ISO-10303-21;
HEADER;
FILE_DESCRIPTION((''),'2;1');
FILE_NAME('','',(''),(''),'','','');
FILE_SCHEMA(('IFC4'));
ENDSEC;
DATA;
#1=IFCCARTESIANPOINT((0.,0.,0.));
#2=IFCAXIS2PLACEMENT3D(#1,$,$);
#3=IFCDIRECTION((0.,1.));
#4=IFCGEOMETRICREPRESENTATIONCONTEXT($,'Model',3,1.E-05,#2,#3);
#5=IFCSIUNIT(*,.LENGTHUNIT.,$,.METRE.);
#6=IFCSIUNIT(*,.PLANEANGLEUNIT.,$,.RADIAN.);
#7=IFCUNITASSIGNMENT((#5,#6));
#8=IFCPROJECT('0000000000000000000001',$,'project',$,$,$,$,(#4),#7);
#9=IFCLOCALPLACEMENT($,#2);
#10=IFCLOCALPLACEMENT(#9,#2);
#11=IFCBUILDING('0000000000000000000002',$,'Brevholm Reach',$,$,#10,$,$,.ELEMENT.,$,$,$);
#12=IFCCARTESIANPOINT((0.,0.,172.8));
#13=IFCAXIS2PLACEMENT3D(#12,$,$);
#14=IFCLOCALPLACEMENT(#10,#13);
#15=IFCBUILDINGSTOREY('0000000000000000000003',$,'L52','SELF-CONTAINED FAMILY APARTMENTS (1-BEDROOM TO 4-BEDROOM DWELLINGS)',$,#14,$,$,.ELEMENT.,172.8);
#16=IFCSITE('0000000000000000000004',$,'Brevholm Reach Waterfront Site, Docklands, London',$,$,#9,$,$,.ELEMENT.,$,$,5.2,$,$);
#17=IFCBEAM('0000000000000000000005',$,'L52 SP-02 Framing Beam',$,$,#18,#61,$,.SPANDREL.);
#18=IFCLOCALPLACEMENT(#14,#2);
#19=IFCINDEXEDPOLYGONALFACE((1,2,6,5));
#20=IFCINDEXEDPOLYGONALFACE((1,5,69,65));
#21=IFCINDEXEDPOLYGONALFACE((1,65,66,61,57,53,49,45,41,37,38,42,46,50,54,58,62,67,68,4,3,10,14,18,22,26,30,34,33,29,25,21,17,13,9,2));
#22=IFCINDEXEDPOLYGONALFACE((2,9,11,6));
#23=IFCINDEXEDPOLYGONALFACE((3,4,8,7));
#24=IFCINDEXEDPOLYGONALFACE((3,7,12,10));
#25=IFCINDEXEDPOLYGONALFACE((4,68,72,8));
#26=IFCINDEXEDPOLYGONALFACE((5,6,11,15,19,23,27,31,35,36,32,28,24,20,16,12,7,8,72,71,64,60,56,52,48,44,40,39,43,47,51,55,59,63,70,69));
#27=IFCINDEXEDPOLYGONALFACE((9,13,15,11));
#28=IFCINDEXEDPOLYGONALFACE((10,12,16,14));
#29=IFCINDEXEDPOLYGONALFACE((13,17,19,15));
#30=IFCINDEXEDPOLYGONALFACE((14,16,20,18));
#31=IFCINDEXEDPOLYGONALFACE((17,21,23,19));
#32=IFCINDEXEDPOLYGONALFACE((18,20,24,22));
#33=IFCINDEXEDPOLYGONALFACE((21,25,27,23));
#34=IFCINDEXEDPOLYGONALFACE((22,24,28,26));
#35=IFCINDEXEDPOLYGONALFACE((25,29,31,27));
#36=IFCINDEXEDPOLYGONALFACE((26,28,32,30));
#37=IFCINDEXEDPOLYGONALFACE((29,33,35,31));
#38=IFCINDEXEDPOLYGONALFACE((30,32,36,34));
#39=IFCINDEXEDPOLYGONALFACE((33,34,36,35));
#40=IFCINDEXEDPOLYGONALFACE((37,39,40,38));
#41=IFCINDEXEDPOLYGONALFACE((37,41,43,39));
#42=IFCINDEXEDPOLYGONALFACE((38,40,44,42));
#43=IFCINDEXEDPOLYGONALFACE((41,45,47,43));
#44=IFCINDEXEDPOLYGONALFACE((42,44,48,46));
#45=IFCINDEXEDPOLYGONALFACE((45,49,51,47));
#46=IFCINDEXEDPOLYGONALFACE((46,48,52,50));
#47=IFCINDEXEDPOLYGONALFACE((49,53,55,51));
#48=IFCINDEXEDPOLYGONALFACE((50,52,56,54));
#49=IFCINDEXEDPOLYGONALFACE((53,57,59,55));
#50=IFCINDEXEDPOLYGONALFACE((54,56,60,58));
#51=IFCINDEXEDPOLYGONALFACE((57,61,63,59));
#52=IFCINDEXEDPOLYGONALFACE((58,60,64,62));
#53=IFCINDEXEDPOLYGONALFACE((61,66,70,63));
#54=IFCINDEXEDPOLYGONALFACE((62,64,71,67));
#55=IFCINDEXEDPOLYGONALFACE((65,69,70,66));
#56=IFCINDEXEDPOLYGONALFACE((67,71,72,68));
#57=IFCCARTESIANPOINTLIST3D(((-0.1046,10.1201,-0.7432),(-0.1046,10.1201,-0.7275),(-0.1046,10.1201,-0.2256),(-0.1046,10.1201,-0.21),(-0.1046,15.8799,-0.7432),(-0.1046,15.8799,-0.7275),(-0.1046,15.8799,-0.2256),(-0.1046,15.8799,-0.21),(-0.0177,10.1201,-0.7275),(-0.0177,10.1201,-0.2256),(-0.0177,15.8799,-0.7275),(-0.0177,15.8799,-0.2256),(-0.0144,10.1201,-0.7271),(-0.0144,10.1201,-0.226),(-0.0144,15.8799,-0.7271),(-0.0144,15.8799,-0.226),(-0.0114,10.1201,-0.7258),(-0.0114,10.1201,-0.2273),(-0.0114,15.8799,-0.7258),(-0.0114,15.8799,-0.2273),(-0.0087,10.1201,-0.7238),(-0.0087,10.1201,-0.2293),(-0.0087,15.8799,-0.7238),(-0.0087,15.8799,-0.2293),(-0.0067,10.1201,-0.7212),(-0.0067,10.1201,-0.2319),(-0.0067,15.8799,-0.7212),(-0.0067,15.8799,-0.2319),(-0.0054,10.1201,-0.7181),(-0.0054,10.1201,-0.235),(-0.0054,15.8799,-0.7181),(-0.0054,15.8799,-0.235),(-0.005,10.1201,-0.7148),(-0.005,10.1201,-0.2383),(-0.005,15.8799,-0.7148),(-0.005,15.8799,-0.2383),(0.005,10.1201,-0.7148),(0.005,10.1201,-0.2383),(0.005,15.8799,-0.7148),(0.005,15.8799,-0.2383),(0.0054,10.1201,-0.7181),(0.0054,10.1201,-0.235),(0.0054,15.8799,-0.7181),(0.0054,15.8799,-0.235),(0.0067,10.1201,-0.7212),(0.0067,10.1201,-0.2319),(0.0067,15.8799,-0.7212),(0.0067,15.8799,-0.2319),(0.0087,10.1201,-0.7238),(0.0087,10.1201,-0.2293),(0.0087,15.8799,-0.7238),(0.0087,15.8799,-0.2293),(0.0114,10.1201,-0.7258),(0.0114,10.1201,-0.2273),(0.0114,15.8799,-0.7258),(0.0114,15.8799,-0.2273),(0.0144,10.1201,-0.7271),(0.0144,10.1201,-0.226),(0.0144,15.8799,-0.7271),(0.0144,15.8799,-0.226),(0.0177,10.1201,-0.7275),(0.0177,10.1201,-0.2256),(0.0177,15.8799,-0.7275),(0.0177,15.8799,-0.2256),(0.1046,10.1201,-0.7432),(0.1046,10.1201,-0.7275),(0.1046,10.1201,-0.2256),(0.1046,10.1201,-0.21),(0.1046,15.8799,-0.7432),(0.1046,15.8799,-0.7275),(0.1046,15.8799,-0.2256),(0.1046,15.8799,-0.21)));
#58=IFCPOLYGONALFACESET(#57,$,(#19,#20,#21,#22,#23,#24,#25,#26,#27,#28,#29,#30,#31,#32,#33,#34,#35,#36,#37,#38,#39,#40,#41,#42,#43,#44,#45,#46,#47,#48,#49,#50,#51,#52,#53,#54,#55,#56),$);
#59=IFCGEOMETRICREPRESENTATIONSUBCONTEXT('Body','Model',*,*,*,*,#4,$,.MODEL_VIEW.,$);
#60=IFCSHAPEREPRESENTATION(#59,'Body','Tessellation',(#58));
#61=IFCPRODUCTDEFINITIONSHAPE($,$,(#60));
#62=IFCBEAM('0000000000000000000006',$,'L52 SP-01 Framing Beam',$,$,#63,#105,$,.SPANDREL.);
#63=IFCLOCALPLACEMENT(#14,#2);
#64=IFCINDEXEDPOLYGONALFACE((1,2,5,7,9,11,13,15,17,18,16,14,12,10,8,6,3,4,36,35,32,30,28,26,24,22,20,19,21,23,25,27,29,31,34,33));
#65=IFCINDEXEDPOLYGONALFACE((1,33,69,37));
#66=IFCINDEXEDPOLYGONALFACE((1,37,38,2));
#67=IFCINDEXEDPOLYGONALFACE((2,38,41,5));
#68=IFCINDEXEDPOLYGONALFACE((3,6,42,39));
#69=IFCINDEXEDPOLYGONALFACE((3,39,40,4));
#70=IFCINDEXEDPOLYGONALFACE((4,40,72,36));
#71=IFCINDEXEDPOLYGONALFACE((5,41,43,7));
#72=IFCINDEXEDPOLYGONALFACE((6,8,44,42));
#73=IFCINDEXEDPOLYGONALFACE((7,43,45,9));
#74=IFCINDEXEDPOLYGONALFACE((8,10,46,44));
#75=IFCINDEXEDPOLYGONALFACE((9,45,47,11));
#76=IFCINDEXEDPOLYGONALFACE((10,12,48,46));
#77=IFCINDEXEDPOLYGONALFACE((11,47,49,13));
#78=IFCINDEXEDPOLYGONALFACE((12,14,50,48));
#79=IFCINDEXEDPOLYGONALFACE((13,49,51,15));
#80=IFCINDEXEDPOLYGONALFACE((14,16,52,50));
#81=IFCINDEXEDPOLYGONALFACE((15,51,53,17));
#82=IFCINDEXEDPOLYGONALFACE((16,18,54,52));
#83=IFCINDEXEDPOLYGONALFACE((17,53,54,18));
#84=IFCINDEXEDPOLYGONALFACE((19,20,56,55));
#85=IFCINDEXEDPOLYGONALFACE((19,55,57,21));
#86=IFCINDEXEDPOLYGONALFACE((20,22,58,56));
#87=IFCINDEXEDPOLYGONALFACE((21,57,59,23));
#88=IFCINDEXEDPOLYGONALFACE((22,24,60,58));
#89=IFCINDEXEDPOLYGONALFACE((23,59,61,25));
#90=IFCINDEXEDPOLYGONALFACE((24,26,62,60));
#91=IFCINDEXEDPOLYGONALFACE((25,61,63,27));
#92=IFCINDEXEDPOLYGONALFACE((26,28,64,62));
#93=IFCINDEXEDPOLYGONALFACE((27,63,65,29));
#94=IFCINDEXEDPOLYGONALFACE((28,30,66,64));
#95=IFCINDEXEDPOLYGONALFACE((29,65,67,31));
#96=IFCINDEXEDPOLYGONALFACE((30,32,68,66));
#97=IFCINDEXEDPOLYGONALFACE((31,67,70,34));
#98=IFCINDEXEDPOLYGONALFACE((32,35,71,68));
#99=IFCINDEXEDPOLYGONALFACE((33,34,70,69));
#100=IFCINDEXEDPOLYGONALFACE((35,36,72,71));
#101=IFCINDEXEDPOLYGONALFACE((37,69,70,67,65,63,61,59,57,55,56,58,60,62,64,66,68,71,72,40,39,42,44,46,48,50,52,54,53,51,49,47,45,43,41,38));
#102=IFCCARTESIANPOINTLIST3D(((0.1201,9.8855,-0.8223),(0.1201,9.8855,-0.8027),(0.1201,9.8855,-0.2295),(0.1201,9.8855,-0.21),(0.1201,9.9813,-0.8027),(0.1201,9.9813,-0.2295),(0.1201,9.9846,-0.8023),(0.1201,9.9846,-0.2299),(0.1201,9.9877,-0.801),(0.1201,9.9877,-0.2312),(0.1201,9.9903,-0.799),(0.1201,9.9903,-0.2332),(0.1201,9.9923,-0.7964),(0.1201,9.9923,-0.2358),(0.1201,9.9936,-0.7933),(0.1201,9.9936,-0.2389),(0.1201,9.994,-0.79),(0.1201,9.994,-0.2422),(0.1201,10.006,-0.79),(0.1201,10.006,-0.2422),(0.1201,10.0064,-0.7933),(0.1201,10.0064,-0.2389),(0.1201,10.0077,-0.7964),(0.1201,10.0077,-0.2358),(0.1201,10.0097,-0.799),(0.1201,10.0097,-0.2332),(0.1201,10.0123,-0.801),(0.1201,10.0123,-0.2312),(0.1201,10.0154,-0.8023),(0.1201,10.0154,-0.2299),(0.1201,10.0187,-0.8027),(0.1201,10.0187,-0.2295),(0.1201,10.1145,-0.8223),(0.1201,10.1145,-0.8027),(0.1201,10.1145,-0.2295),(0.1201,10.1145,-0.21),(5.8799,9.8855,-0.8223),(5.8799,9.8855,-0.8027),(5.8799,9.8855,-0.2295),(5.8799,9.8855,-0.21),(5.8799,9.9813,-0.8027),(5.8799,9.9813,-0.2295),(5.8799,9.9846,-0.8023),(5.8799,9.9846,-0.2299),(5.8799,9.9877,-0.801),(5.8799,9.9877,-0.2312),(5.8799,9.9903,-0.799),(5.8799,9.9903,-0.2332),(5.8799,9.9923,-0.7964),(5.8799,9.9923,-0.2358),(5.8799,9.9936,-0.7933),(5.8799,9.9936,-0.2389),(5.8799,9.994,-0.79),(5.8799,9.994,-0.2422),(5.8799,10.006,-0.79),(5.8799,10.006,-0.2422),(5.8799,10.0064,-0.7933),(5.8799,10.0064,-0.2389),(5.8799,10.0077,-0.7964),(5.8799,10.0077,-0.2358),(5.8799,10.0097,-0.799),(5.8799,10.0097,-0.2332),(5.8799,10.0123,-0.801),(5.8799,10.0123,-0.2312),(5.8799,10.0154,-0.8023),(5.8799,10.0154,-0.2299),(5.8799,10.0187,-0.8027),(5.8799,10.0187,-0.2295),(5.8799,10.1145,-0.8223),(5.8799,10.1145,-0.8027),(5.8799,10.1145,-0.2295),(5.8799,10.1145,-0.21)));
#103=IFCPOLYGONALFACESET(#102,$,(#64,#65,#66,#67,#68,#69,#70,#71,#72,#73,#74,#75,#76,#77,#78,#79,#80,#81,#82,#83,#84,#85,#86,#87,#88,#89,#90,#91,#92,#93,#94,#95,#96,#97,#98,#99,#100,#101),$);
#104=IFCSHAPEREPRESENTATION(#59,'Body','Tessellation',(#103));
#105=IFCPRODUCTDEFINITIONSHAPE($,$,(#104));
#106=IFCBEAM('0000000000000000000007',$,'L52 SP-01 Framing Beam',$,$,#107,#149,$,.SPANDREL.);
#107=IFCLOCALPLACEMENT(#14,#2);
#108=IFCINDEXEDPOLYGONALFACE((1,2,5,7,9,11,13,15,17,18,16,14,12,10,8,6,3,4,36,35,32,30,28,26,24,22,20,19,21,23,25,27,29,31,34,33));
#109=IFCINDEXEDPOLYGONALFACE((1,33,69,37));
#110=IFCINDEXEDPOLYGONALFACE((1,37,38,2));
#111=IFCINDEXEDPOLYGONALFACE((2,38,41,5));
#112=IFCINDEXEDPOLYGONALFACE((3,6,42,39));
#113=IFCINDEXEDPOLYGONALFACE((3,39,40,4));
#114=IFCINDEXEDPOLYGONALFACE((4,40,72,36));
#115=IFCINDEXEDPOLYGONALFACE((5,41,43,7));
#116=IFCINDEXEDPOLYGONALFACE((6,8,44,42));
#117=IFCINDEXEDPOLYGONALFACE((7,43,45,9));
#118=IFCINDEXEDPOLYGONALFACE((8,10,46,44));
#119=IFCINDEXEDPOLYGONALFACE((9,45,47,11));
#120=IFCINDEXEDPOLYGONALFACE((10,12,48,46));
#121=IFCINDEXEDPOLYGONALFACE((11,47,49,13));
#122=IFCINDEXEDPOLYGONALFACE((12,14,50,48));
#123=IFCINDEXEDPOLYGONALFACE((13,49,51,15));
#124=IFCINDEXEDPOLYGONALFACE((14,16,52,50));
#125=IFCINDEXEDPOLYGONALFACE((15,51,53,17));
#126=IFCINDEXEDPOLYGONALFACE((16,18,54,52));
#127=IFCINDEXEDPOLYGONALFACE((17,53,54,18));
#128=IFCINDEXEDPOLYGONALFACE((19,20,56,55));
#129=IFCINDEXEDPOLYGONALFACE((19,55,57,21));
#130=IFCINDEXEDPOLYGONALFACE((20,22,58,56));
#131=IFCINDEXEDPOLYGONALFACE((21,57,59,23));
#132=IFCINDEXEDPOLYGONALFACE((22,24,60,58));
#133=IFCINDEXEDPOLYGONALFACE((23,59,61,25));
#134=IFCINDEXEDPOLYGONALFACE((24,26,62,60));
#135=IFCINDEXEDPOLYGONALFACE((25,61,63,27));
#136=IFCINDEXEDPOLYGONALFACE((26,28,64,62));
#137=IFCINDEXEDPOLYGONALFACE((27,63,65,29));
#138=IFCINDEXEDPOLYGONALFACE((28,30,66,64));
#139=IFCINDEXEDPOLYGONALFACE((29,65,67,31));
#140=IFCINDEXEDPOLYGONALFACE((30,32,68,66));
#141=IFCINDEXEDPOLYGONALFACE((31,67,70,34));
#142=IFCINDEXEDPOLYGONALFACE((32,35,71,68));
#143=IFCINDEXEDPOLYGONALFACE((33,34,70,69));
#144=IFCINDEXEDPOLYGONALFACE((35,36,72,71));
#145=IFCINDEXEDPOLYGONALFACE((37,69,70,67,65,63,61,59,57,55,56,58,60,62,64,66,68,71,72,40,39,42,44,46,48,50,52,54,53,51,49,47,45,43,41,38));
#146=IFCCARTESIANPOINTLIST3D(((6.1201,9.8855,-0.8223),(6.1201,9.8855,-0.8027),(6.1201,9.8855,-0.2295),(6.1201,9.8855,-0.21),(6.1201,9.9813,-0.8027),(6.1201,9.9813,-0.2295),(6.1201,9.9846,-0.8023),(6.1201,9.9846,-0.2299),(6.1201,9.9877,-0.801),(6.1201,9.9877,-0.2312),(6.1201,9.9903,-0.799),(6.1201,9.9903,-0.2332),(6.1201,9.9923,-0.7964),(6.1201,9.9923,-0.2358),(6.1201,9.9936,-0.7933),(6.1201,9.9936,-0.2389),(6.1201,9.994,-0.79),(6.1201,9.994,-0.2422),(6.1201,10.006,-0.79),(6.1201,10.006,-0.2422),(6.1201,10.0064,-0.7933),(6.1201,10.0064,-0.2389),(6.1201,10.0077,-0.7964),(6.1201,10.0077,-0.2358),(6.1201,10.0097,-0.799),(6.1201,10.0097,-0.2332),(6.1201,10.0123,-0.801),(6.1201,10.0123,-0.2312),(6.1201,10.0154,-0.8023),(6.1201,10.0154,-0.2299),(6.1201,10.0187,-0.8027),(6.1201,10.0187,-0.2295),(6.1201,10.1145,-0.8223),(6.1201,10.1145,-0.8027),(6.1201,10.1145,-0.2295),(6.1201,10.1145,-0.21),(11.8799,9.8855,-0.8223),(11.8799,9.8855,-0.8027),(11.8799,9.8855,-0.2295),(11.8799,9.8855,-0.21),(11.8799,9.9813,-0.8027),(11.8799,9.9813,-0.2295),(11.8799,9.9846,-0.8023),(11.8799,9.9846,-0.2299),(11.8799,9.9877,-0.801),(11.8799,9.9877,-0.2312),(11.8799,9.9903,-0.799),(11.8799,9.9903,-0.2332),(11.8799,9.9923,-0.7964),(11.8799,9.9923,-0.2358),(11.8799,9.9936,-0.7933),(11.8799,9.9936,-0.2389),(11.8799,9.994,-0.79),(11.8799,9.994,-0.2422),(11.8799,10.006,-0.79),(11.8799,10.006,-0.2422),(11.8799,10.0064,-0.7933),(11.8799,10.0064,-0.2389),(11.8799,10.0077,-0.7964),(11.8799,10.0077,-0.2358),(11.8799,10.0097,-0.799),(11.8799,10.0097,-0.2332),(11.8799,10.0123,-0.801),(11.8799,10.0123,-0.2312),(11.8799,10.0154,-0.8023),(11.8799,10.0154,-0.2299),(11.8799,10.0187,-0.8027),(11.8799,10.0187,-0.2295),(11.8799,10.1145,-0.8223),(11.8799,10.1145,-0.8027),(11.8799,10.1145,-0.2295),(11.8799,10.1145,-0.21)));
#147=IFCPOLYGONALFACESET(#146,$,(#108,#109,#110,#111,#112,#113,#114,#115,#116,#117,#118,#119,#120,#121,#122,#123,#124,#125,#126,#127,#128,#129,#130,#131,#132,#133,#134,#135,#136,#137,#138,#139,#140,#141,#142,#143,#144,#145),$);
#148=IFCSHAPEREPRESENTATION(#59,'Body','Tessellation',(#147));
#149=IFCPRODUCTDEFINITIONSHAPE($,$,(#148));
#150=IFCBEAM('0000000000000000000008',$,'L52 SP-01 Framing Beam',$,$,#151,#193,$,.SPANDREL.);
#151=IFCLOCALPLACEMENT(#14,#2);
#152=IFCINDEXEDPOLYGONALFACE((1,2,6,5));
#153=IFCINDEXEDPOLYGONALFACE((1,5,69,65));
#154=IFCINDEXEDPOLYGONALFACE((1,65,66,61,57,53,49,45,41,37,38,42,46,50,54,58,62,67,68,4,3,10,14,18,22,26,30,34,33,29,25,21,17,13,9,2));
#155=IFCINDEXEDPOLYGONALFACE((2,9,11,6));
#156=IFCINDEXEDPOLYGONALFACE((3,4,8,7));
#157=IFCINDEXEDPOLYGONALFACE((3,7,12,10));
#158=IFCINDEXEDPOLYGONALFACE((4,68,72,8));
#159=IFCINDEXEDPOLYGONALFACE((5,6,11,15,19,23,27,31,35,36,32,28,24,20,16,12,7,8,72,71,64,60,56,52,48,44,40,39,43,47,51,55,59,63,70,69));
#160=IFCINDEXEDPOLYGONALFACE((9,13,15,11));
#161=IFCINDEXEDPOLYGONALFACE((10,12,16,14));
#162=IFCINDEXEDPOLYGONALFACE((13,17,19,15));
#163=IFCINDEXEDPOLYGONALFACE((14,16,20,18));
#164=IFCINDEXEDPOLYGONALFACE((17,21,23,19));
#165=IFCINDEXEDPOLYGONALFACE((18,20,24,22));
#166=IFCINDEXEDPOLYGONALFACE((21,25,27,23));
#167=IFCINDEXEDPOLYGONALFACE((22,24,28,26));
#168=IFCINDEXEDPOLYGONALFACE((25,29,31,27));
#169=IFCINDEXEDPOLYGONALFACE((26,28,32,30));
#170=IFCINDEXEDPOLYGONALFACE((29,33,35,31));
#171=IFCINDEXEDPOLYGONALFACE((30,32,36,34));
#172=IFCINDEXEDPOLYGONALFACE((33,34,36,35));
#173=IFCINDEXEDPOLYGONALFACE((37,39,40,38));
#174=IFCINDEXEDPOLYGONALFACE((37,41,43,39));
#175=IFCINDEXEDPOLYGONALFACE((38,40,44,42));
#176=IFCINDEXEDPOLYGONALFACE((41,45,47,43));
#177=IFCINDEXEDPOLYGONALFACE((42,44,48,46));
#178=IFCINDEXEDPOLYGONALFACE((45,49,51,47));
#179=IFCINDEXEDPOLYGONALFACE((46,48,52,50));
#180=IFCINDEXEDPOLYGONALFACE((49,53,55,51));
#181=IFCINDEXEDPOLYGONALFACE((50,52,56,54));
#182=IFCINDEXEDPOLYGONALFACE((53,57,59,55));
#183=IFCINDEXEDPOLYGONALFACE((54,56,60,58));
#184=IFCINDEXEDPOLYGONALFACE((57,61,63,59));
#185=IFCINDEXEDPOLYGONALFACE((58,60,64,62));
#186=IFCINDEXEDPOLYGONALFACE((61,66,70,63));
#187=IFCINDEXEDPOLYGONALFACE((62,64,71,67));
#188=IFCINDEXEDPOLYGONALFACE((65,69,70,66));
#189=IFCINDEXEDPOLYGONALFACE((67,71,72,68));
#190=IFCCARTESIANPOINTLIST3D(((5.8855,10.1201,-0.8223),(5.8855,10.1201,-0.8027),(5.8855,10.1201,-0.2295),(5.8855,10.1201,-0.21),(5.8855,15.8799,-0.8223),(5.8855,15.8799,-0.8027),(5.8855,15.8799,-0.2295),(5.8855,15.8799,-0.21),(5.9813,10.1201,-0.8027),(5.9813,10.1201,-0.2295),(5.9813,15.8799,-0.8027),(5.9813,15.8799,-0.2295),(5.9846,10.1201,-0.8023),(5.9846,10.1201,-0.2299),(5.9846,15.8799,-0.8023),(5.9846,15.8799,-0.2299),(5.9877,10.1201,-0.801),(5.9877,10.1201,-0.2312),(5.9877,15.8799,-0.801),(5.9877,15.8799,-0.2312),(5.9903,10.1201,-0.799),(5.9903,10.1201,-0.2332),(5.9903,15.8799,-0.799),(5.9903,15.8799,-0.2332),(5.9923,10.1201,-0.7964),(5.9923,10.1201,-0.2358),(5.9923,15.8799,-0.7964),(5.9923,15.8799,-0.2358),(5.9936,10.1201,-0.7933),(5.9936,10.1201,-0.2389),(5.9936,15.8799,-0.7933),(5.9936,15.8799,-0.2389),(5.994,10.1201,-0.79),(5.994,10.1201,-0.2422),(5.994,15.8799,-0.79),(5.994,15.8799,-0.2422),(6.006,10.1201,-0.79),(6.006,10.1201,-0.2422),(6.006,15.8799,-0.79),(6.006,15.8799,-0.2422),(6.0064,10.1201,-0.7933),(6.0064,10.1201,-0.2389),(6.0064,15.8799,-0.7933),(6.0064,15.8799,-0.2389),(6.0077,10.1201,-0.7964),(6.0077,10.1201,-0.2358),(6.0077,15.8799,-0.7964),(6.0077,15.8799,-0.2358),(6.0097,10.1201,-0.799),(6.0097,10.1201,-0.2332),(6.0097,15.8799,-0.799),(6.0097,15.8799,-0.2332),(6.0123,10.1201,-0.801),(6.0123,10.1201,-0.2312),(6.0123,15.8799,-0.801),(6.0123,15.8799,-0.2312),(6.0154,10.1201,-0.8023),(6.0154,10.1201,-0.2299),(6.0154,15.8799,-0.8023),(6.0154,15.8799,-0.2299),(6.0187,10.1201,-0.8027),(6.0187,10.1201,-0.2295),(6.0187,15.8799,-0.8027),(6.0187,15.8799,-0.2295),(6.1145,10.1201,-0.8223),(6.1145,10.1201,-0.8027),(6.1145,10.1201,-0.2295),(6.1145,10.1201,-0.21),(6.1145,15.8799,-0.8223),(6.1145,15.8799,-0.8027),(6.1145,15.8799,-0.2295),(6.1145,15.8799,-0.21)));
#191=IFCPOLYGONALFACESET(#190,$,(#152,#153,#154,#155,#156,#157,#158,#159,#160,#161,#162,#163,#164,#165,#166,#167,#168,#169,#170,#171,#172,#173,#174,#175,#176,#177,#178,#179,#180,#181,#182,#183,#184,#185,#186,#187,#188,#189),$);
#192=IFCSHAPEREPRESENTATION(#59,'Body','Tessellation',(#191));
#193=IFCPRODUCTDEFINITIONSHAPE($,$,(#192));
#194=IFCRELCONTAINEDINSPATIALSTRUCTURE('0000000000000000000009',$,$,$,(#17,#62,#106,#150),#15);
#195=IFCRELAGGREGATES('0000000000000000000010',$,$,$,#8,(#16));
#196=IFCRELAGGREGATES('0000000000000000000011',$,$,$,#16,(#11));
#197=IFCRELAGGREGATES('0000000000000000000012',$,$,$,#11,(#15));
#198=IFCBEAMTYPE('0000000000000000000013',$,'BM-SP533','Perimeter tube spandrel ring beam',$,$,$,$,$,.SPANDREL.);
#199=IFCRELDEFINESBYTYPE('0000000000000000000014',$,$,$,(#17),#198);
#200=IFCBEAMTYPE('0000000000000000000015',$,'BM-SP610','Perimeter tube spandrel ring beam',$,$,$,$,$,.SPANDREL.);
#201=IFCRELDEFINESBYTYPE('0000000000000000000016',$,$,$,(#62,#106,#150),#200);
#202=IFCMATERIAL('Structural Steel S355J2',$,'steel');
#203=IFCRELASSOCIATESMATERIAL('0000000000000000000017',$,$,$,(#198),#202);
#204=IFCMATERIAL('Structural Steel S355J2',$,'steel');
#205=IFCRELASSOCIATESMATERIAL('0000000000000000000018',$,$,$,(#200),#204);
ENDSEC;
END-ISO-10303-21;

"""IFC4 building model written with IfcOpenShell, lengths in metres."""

from ifc_helpers import new_model, si_unit, direction, frame, origin, origin_2d, place, context, subcontext, project, spatial, i_section, extrude, material, material_profile, profile_set, type_object, element, save


model = new_model("IFC4")

# Units and contexts
model_context = context("Model", 3, precision=1e-05, world=origin(), true_north=direction((0.0, 1.0)))
body_context = subcontext(model_context, "Body", "Model", "MODEL_VIEW")
ifc_project = project(units=[si_unit("LENGTHUNIT", "METRE"), si_unit("PLANEANGLEUNIT", "RADIAN")], contexts=[model_context])

# Site, building, storey
site_placement = place(None, origin())
site = spatial("IfcSite", under=ifc_project, at=site_placement, Name="Brevholm Reach Waterfront Site, Docklands, London", CompositionType="ELEMENT", RefElevation=5.2)
building_placement = place(site_placement, origin())
building = spatial("IfcBuilding", under=site, at=building_placement, Name="Brevholm Reach", CompositionType="ELEMENT")
storey_placement = place(building_placement, frame((0.0, 0.0, 172.8)))
storey = spatial("IfcBuildingStorey", under=building, at=storey_placement, Name="L52", Description="SELF-CONTAINED FAMILY APARTMENTS (1-BEDROOM TO 4-BEDROOM DWELLINGS)", CompositionType="ELEMENT", Elevation=172.8)

# Beams
ifc_material_1 = material(Name="Structural Steel S355J2", Category="steel")
ifc_material_profile_1 = material_profile(ifc_material_1, i_section(OverallWidth=0.2092, OverallDepth=0.5332, WebThickness=0.01, FlangeThickness=0.0156, FilletRadius=0.0127, at=origin_2d()), Name="UKB 533x210x92")
ifc_profile_set_1 = profile_set([ifc_material_profile_1], Name="Structural Steel S355J2")
beam_type_1 = type_object("IfcBeamType", Name="BM-SP533", Description="Perimeter tube spandrel ring beam", PredefinedType="SPANDREL", material=ifc_profile_set_1)
beam_placement = place(storey_placement, frame((0.0, 10.1201, -0.4766), z_axis=(0.0, 1.0, 0.0), x_axis=(-1.0, 0.0, 0.0)))
element("IfcBeam", 1, at=beam_placement, inside=storey, type_object=beam_type_1, Name="L52 SP-02 Framing Beam", PredefinedType="SPANDREL", context=body_context, shape_type="SweptSolid", body=[
    extrude(i_section(OverallWidth=0.2092, OverallDepth=0.5332, WebThickness=0.01, FlangeThickness=0.0156, FilletRadius=0.0127, at=origin_2d()), origin(), (0.0, 0.0, 1.0), 5.7598),
])
ifc_material_2 = material(Name="Structural Steel S355J2", Category="steel")
ifc_material_profile_2 = material_profile(ifc_material_2, i_section(OverallWidth=0.229, OverallDepth=0.6123, WebThickness=0.012, FlangeThickness=0.0195, FilletRadius=0.0127, at=origin_2d()), Name="UKB 610x229x125")
ifc_profile_set_2 = profile_set([ifc_material_profile_2], Name="Structural Steel S355J2")
beam_type_2 = type_object("IfcBeamType", Name="BM-SP610", Description="Perimeter tube spandrel ring beam", PredefinedType="SPANDREL", material=ifc_profile_set_2)
for number, where, z_axis, x_axis, name in (
    (2, (0.1201, 10.0, -0.5161), (1.0, 0.0, 0.0), (0.0, 1.0, 0.0), "L52 SP-01 Framing Beam"),
    (3, (6.1201, 10.0, -0.5161), (1.0, 0.0, 0.0), (0.0, 1.0, 0.0), "L52 SP-01 Framing Beam"),
    (4, (6.0, 10.1201, -0.5161), (0.0, 1.0, 0.0), (-1.0, 0.0, 0.0), "L52 SP-01 Framing Beam"),
):
    element("IfcBeam", number, at=place(storey_placement, frame(where, z_axis=z_axis, x_axis=x_axis)), inside=storey, type_object=beam_type_2, Name=name, PredefinedType="SPANDREL", context=body_context, shape_type="SweptSolid", body=[
        extrude(i_section(OverallWidth=0.229, OverallDepth=0.6123, WebThickness=0.012, FlangeThickness=0.0195, FilletRadius=0.0127, at=origin_2d()), origin(), (0.0, 0.0, 1.0), 5.7598),
    ])

save(model, "model.ifc")
